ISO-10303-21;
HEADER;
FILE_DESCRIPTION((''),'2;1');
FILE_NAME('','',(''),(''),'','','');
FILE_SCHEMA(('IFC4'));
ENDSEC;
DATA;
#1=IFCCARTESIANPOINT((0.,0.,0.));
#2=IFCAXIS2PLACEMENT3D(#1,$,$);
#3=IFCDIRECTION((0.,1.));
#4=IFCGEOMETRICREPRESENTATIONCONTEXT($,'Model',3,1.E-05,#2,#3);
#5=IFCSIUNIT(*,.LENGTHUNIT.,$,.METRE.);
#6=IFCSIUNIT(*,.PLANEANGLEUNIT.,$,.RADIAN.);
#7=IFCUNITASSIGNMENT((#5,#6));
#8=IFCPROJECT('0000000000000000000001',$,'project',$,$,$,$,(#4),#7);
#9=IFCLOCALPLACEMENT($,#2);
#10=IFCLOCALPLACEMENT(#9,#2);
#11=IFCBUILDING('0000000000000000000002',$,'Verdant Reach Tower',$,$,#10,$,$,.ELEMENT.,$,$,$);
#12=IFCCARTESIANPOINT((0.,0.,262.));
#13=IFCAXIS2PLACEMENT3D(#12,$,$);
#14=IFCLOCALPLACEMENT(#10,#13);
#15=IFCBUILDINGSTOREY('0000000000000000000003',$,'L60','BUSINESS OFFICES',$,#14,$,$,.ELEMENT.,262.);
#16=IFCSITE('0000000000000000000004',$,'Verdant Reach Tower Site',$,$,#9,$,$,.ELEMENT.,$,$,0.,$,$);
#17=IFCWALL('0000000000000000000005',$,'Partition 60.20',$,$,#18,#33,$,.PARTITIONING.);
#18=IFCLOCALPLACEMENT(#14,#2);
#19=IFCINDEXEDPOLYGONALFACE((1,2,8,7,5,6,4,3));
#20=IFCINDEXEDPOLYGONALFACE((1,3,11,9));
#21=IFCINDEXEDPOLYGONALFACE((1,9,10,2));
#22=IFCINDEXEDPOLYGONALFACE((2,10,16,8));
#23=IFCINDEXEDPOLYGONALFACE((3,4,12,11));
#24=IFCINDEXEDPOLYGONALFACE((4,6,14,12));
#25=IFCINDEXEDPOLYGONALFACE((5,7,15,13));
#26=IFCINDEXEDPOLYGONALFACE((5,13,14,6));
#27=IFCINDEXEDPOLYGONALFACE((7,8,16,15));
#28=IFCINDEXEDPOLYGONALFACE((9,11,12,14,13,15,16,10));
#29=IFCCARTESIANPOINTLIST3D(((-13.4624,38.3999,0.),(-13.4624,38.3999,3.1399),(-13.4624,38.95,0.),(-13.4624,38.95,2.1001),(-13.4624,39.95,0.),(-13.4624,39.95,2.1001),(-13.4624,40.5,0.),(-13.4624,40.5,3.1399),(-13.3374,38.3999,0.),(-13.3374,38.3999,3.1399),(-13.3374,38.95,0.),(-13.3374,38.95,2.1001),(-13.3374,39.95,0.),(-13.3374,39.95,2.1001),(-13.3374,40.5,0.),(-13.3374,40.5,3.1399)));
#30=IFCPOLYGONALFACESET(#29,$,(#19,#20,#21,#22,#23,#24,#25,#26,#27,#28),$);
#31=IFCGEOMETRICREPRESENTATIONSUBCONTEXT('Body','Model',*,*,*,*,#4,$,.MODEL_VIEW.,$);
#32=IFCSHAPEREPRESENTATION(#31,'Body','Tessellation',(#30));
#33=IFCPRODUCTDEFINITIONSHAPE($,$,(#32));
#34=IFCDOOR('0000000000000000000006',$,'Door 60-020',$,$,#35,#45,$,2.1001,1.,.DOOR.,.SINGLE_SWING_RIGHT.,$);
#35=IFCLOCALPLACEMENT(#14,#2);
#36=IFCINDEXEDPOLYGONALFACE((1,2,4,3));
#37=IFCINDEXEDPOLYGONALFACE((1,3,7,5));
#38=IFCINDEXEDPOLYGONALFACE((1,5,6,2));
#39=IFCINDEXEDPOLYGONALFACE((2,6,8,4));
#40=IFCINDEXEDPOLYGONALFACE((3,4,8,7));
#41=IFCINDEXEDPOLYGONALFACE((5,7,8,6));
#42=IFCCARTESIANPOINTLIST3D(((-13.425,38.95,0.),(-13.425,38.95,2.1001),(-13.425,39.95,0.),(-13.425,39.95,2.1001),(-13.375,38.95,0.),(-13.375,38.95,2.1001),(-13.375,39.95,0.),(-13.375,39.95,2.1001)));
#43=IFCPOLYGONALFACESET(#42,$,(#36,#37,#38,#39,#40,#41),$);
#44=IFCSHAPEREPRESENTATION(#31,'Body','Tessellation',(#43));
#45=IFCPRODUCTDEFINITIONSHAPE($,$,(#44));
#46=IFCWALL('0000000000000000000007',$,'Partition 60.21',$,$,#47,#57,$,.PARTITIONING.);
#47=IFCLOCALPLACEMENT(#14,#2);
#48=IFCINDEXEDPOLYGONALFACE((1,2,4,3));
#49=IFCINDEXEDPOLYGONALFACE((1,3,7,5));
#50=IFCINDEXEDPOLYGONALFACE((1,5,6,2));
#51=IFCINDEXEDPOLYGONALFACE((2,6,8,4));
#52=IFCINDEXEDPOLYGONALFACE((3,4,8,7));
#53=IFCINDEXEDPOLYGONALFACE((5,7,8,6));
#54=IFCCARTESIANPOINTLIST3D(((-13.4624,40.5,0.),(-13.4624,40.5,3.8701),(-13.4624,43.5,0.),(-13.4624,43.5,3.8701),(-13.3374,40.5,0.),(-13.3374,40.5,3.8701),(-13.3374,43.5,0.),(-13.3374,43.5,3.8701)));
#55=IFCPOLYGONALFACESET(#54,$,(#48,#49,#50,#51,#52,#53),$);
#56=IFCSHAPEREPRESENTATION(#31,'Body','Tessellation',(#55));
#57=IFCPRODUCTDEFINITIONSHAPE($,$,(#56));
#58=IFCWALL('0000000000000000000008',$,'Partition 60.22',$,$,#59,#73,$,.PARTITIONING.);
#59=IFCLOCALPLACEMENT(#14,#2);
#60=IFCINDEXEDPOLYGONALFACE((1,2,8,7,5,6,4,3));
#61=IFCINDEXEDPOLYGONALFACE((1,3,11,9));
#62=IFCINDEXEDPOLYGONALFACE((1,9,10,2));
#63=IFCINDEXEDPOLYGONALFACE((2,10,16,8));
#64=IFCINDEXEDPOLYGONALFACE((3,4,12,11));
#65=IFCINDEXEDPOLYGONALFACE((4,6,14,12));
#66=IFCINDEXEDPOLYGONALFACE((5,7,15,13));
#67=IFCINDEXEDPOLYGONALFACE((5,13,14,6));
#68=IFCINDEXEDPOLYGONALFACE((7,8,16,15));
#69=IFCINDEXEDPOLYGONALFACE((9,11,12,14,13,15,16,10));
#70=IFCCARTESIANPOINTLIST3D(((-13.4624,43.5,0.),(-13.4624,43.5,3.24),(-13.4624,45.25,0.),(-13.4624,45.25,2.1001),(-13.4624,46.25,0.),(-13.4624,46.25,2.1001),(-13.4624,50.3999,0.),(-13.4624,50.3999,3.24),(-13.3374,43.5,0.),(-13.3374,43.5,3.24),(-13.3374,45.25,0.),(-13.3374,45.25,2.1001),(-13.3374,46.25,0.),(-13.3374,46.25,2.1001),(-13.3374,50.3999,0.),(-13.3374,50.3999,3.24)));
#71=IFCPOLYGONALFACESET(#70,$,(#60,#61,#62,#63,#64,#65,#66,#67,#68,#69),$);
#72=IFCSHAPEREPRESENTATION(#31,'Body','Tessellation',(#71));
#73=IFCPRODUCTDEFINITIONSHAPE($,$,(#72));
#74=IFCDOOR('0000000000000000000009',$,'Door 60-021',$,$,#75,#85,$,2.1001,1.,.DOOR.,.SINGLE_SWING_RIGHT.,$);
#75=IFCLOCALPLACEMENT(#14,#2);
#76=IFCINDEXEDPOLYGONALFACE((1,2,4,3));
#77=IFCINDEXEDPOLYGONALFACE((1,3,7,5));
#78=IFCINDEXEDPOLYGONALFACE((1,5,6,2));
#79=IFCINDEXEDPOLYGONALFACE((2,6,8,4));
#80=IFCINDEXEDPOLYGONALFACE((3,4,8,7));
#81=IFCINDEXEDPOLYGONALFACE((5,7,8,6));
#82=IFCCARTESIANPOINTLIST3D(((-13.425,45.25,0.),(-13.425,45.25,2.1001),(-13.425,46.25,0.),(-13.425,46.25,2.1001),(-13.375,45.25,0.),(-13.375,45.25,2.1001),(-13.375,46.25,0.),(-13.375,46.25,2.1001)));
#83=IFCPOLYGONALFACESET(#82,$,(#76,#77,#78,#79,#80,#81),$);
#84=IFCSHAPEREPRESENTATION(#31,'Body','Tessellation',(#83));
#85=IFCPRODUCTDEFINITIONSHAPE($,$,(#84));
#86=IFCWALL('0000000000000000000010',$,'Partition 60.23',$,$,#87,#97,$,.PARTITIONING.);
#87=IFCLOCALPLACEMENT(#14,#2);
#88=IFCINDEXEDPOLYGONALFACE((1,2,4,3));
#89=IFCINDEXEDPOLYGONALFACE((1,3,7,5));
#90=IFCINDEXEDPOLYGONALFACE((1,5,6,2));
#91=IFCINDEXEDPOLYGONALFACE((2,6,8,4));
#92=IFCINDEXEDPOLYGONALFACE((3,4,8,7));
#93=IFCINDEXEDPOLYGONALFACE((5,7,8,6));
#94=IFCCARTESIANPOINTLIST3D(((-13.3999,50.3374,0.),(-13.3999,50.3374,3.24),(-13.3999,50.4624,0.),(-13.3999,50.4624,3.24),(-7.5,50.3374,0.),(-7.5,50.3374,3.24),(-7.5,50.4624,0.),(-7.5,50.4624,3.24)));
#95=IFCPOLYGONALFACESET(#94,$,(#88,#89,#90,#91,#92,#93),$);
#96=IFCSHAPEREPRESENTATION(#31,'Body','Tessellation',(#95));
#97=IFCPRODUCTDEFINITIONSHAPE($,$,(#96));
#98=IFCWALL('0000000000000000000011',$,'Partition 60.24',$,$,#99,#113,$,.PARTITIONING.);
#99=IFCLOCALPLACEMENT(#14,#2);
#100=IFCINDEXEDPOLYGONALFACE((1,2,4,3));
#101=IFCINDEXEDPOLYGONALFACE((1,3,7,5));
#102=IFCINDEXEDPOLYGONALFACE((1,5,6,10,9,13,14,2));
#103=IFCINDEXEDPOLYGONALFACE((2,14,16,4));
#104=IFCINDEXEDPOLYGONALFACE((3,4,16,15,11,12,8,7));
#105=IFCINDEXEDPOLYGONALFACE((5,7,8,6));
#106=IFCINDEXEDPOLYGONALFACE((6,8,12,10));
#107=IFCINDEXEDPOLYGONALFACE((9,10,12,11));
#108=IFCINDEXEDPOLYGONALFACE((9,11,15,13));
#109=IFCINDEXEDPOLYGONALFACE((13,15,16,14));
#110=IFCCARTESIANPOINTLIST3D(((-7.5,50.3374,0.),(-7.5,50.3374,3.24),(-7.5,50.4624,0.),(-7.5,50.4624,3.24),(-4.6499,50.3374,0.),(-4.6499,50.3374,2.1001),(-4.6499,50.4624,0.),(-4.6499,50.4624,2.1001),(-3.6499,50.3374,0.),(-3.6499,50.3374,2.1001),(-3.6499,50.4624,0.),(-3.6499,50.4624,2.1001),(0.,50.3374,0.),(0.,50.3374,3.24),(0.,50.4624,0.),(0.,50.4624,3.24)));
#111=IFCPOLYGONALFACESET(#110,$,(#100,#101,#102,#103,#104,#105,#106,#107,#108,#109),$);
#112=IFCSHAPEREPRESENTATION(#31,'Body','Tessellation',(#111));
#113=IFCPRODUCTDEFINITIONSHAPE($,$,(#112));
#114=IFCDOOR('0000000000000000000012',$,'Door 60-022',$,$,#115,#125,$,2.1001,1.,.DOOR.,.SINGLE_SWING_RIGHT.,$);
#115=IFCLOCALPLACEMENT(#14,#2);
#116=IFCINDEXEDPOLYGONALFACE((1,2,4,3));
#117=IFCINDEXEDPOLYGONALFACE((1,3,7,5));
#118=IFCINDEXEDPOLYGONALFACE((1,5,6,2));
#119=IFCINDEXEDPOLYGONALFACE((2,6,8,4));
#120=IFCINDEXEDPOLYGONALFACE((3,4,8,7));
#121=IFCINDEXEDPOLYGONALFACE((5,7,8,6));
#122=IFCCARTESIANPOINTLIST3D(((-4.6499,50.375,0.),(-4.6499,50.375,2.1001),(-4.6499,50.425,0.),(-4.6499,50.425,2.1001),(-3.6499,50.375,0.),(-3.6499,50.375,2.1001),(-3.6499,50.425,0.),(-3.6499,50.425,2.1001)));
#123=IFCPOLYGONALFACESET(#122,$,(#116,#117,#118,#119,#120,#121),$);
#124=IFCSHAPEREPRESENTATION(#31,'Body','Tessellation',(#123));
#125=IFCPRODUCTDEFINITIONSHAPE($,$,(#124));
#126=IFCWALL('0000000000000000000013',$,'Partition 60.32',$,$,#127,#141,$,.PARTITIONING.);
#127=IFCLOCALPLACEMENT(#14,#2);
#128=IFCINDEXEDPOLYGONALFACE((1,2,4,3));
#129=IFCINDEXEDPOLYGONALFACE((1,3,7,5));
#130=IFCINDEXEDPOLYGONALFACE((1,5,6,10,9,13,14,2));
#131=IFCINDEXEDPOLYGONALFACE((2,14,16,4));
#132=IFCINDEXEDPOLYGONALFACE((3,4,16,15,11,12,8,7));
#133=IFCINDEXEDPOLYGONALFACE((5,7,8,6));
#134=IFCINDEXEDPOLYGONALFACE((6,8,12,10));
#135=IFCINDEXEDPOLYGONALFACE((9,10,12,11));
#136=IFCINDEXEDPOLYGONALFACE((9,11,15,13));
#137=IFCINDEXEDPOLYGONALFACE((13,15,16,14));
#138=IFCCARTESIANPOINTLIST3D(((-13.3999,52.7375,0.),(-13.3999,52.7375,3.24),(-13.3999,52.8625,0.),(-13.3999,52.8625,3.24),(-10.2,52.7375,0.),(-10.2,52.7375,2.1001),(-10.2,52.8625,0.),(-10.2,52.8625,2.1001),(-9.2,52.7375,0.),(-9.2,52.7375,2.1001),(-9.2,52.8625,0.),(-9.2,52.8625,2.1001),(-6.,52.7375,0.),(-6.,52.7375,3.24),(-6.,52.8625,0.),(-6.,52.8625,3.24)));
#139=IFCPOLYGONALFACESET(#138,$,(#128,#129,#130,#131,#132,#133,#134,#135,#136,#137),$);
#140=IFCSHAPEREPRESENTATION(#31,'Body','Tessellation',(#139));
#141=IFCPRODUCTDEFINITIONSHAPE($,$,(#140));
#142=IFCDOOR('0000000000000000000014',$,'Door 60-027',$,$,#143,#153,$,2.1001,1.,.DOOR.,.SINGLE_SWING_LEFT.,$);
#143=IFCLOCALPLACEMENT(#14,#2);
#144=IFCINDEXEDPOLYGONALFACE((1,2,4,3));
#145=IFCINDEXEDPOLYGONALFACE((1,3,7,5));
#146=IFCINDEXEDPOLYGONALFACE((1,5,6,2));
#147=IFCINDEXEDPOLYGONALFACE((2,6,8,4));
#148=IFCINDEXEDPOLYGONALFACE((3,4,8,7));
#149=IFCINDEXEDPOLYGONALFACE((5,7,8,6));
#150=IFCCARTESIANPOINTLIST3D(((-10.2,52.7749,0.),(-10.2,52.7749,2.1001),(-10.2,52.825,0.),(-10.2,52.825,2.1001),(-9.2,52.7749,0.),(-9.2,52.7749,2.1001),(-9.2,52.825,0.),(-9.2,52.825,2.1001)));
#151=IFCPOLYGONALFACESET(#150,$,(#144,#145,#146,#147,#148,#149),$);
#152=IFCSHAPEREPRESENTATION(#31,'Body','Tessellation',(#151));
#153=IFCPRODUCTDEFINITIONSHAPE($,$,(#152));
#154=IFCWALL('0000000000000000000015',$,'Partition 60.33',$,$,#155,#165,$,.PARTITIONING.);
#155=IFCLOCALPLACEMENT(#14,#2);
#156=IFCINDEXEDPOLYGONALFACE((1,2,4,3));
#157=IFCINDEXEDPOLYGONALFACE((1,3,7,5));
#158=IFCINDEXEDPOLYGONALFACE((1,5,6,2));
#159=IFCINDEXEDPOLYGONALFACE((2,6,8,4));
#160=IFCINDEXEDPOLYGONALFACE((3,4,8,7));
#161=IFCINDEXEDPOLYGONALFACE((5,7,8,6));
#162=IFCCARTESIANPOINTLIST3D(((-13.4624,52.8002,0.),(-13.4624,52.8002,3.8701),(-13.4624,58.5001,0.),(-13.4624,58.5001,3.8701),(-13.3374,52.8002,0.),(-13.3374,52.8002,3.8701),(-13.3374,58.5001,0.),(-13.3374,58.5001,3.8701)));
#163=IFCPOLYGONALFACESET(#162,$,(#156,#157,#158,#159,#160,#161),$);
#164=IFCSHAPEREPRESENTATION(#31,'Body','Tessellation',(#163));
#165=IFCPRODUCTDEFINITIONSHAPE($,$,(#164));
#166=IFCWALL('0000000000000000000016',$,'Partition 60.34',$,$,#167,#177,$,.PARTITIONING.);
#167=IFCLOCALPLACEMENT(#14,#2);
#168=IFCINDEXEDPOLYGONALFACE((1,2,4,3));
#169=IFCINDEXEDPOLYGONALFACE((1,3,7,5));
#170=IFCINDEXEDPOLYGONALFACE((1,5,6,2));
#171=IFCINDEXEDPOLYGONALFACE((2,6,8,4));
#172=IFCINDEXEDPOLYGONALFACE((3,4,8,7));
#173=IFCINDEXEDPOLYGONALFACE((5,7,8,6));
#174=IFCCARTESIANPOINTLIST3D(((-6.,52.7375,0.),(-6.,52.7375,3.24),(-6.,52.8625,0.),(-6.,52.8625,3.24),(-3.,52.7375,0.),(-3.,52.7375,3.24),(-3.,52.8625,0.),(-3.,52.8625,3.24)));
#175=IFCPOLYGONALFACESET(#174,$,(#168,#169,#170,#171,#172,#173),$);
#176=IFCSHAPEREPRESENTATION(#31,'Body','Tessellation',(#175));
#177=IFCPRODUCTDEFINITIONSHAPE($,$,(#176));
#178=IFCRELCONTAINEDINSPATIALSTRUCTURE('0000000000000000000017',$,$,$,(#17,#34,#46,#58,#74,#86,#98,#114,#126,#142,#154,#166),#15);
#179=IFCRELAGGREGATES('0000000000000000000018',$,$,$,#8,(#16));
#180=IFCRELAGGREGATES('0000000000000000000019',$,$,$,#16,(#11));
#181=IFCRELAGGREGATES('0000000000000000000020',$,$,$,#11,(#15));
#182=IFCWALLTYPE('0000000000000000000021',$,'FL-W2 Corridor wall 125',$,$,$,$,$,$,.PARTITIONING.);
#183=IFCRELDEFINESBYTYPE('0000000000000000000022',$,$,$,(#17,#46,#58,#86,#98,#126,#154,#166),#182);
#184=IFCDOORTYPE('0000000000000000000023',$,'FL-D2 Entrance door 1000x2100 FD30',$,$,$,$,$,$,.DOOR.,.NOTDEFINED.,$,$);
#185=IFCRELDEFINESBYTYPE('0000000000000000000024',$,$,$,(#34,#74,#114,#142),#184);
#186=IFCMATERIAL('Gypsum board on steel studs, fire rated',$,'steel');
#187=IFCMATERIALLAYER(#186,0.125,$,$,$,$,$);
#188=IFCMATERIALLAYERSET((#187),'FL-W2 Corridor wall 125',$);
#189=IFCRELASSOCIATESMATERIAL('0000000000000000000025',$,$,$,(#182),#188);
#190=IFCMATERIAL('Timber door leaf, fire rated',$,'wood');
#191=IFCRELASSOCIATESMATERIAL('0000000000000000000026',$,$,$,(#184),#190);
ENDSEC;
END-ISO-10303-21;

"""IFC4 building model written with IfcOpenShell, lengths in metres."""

from ifc_helpers import new_model, si_unit, direction, frame, frame_2d, origin, place, context, subcontext, project, spatial, rectangle, extrude, material, layer, layer_set, type_object, element, fill, save


model = new_model("IFC4")

# Units and contexts
model_context = context("Model", 3, precision=1e-05, world=origin(), true_north=direction((0.0, 1.0)))
body_context = subcontext(model_context, "Body", "Model", "MODEL_VIEW")
ifc_project = project(units=[si_unit("LENGTHUNIT", "METRE"), si_unit("PLANEANGLEUNIT", "RADIAN")], contexts=[model_context])

# Site, building, storey
site_placement = place(None, origin())
site = spatial("IfcSite", under=ifc_project, at=site_placement, Name="Verdant Reach Tower Site", CompositionType="ELEMENT", RefElevation=0.0)
building_placement = place(site_placement, origin())
building = spatial("IfcBuilding", under=site, at=building_placement, Name="Verdant Reach Tower", CompositionType="ELEMENT")
storey_placement = place(building_placement, frame((0.0, 0.0, 262.0)))
storey = spatial("IfcBuildingStorey", under=building, at=storey_placement, Name="L60", Description="BUSINESS OFFICES", CompositionType="ELEMENT", Elevation=262.0)

# Wall, opening, door
ifc_material_1 = material(Name="Gypsum board on steel studs, fire rated", Category="steel")
ifc_layer_1 = layer(ifc_material_1, 0.125)
ifc_layer_set_1 = layer_set([ifc_layer_1], Name="FL-W2 Corridor wall 125")
wall_type_1 = type_object("IfcWallType", Name="FL-W2 Corridor wall 125", PredefinedType="PARTITIONING", material=ifc_layer_set_1)
wall_1_placement = place(storey_placement, frame((-13.3999, 40.5, 0.0), z_axis=(0.0, 0.0, 1.0), x_axis=(0.0, -1.0, 0.0)))
wall_1 = element("IfcWall", 1, at=wall_1_placement, inside=storey, type_object=wall_type_1, Name="Partition 60.20", PredefinedType="PARTITIONING", context=body_context, shape_type="SweptSolid", body=[
    extrude(rectangle(XDim=2.1001, YDim=0.125, at=frame_2d((1.05, 0.0))), origin(), (0.0, 0.0, 1.0), 3.1399),
])
opening_1_placement = place(wall_1_placement, frame((0.55, 0.0, 0.0)))
opening_1 = element("IfcOpeningElement", 2, at=opening_1_placement, cuts=wall_1, PredefinedType="OPENING", context=body_context, shape_type="SweptSolid", body=[
    extrude(rectangle(XDim=1.0, YDim=2.1001, at=frame_2d((0.5, 1.05))), frame((0.0, 0.0725, 0.0), z_axis=(0.0, -1.0, 0.0), x_axis=(1.0, 0.0, 0.0)), (0.0, 0.0, 1.0), 0.145),
])
ifc_material_2 = material(Name="Timber door leaf, fire rated", Category="wood")
door_type_1 = type_object("IfcDoorType", Name="FL-D2 Entrance door 1000x2100 FD30", OperationType="NOTDEFINED", PredefinedType="DOOR", material=ifc_material_2)
door_1_placement = place(opening_1_placement, origin())
door_1 = element("IfcDoor", 3, at=door_1_placement, inside=storey, type_object=door_type_1, Name="Door 60-020", OperationType="SINGLE_SWING_RIGHT", OverallHeight=2.1001, OverallWidth=1.0, PredefinedType="DOOR", context=body_context, shape_type="SweptSolid", body=[
    extrude(rectangle(XDim=1.0, YDim=2.1001, at=frame_2d((0.5, 1.05))), frame((0.0, 0.0249, 0.0), z_axis=(0.0, -1.0, 0.0), x_axis=(1.0, 0.0, 0.0)), (0.0, 0.0, 1.0), 0.05),
])
fill(opening_1, door_1)

# Wall
wall_2_placement = place(storey_placement, frame((-13.3999, 40.5, 0.0), z_axis=(0.0, 0.0, 1.0), x_axis=(0.0, 1.0, 0.0)))
element("IfcWall", 4, at=wall_2_placement, inside=storey, type_object=wall_type_1, Name="Partition 60.21", PredefinedType="PARTITIONING", context=body_context, shape_type="SweptSolid", body=[
    extrude(rectangle(XDim=3.0, YDim=0.125, at=frame_2d((1.5, 0.0))), origin(), (0.0, 0.0, 1.0), 3.8701),
])

# Wall, opening, door
wall_3_placement = place(storey_placement, frame((-13.3999, 50.3999, 0.0), z_axis=(0.0, 0.0, 1.0), x_axis=(0.0, -1.0, 0.0)))
wall_3 = element("IfcWall", 5, at=wall_3_placement, inside=storey, type_object=wall_type_1, Name="Partition 60.22", PredefinedType="PARTITIONING", context=body_context, shape_type="SweptSolid", body=[
    extrude(rectangle(XDim=6.8999, YDim=0.125, at=frame_2d((3.45, 0.0))), origin(), (0.0, 0.0, 1.0), 3.24),
])
opening_2_placement = place(wall_3_placement, frame((4.1499, 0.0, 0.0)))
opening_2 = element("IfcOpeningElement", 6, at=opening_2_placement, cuts=wall_3, PredefinedType="OPENING", context=body_context, shape_type="SweptSolid", body=[
    extrude(rectangle(XDim=1.0, YDim=2.1001, at=frame_2d((0.5, 1.05))), frame((0.0, 0.0725, 0.0), z_axis=(0.0, -1.0, 0.0), x_axis=(1.0, 0.0, 0.0)), (0.0, 0.0, 1.0), 0.145),
])
door_2_placement = place(opening_2_placement, origin())
door_2 = element("IfcDoor", 7, at=door_2_placement, inside=storey, type_object=door_type_1, Name="Door 60-021", OperationType="SINGLE_SWING_RIGHT", OverallHeight=2.1001, OverallWidth=1.0, PredefinedType="DOOR", context=body_context, shape_type="SweptSolid", body=[
    extrude(rectangle(XDim=1.0, YDim=2.1001, at=frame_2d((0.5, 1.05))), frame((0.0, 0.0249, 0.0), z_axis=(0.0, -1.0, 0.0), x_axis=(1.0, 0.0, 0.0)), (0.0, 0.0, 1.0), 0.05),
])
fill(opening_2, door_2)

# Wall
wall_4_placement = place(storey_placement, frame((-7.5, 50.3999, 0.0), z_axis=(0.0, 0.0, 1.0), x_axis=(-1.0, 0.0, 0.0)))
element("IfcWall", 8, at=wall_4_placement, inside=storey, type_object=wall_type_1, Name="Partition 60.23", PredefinedType="PARTITIONING", context=body_context, shape_type="SweptSolid", body=[
    extrude(rectangle(XDim=5.8999, YDim=0.125, at=frame_2d((2.95, 0.0))), origin(), (0.0, 0.0, 1.0), 3.24),
])

# Walls, openings, doors
wall_5_placement = place(storey_placement, frame((0.0, 50.3999, 0.0), z_axis=(0.0, 0.0, 1.0), x_axis=(-1.0, 0.0, 0.0)))
wall_5 = element("IfcWall", 9, at=wall_5_placement, inside=storey, type_object=wall_type_1, Name="Partition 60.24", PredefinedType="PARTITIONING", context=body_context, shape_type="SweptSolid", body=[
    extrude(rectangle(XDim=7.5, YDim=0.125, at=frame_2d((3.75, 0.0))), origin(), (0.0, 0.0, 1.0), 3.24),
])
opening_3_placement = place(wall_5_placement, frame((3.6499, 0.0, 0.0)))
opening_3 = element("IfcOpeningElement", 10, at=opening_3_placement, cuts=wall_5, PredefinedType="OPENING", context=body_context, shape_type="SweptSolid", body=[
    extrude(rectangle(XDim=1.0, YDim=2.1001, at=frame_2d((0.5, 1.05))), frame((0.0, 0.0725, 0.0), z_axis=(0.0, -1.0, 0.0), x_axis=(1.0, 0.0, 0.0)), (0.0, 0.0, 1.0), 0.145),
])
door_3_placement = place(opening_3_placement, origin())
door_3 = element("IfcDoor", 11, at=door_3_placement, inside=storey, type_object=door_type_1, Name="Door 60-022", OperationType="SINGLE_SWING_RIGHT", OverallHeight=2.1001, OverallWidth=1.0, PredefinedType="DOOR", context=body_context, shape_type="SweptSolid", body=[
    extrude(rectangle(XDim=1.0, YDim=2.1001, at=frame_2d((0.5, 1.05))), frame((0.0, 0.0249, 0.0), z_axis=(0.0, -1.0, 0.0), x_axis=(1.0, 0.0, 0.0)), (0.0, 0.0, 1.0), 0.05),
])
fill(opening_3, door_3)
wall_6_placement = place(storey_placement, frame((-13.3999, 52.8, 0.0), z_axis=(0.0, 0.0, 1.0), x_axis=(1.0, 0.0, 0.0)))
wall_6 = element("IfcWall", 12, at=wall_6_placement, inside=storey, type_object=wall_type_1, Name="Partition 60.32", PredefinedType="PARTITIONING", context=body_context, shape_type="SweptSolid", body=[
    extrude(rectangle(XDim=7.3999, YDim=0.125, at=frame_2d((3.7, 0.0))), origin(), (0.0, 0.0, 1.0), 3.24),
])
opening_4_placement = place(wall_6_placement, frame((3.2, 0.0, 0.0)))
opening_4 = element("IfcOpeningElement", 13, at=opening_4_placement, cuts=wall_6, PredefinedType="OPENING", context=body_context, shape_type="SweptSolid", body=[
    extrude(rectangle(XDim=1.0, YDim=2.1001, at=frame_2d((0.5, 1.05))), frame((0.0, 0.0725, 0.0), z_axis=(0.0, -1.0, 0.0), x_axis=(1.0, 0.0, 0.0)), (0.0, 0.0, 1.0), 0.145),
])
door_4_placement = place(opening_4_placement, origin())
door_4 = element("IfcDoor", 14, at=door_4_placement, inside=storey, type_object=door_type_1, Name="Door 60-027", OperationType="SINGLE_SWING_LEFT", OverallHeight=2.1001, OverallWidth=1.0, PredefinedType="DOOR", context=body_context, shape_type="SweptSolid", body=[
    extrude(rectangle(XDim=1.0, YDim=2.1001, at=frame_2d((0.5, 1.05))), frame((0.0, 0.0249, 0.0), z_axis=(0.0, -1.0, 0.0), x_axis=(1.0, 0.0, 0.0)), (0.0, 0.0, 1.0), 0.05),
])
fill(opening_4, door_4)

# Walls
wall_7_placement = place(storey_placement, frame((-13.3999, 52.8, 0.0), z_axis=(0.0, 0.0, 1.0), x_axis=(0.0, 1.0, 0.0)))
element("IfcWall", 15, at=wall_7_placement, inside=storey, type_object=wall_type_1, Name="Partition 60.33", PredefinedType="PARTITIONING", context=body_context, shape_type="SweptSolid", body=[
    extrude(rectangle(XDim=5.7, YDim=0.125, at=frame_2d((2.8501, 0.0))), origin(), (0.0, 0.0, 1.0), 3.8701),
])
wall_8_placement = place(storey_placement, frame((-3.0, 52.8, 0.0), z_axis=(0.0, 0.0, 1.0), x_axis=(-1.0, 0.0, 0.0)))
element("IfcWall", 16, at=wall_8_placement, inside=storey, type_object=wall_type_1, Name="Partition 60.34", PredefinedType="PARTITIONING", context=body_context, shape_type="SweptSolid", body=[
    extrude(rectangle(XDim=3.0, YDim=0.125, at=frame_2d((1.5, 0.0))), origin(), (0.0, 0.0, 1.0), 3.24),
])

save(model, "model.ifc")
